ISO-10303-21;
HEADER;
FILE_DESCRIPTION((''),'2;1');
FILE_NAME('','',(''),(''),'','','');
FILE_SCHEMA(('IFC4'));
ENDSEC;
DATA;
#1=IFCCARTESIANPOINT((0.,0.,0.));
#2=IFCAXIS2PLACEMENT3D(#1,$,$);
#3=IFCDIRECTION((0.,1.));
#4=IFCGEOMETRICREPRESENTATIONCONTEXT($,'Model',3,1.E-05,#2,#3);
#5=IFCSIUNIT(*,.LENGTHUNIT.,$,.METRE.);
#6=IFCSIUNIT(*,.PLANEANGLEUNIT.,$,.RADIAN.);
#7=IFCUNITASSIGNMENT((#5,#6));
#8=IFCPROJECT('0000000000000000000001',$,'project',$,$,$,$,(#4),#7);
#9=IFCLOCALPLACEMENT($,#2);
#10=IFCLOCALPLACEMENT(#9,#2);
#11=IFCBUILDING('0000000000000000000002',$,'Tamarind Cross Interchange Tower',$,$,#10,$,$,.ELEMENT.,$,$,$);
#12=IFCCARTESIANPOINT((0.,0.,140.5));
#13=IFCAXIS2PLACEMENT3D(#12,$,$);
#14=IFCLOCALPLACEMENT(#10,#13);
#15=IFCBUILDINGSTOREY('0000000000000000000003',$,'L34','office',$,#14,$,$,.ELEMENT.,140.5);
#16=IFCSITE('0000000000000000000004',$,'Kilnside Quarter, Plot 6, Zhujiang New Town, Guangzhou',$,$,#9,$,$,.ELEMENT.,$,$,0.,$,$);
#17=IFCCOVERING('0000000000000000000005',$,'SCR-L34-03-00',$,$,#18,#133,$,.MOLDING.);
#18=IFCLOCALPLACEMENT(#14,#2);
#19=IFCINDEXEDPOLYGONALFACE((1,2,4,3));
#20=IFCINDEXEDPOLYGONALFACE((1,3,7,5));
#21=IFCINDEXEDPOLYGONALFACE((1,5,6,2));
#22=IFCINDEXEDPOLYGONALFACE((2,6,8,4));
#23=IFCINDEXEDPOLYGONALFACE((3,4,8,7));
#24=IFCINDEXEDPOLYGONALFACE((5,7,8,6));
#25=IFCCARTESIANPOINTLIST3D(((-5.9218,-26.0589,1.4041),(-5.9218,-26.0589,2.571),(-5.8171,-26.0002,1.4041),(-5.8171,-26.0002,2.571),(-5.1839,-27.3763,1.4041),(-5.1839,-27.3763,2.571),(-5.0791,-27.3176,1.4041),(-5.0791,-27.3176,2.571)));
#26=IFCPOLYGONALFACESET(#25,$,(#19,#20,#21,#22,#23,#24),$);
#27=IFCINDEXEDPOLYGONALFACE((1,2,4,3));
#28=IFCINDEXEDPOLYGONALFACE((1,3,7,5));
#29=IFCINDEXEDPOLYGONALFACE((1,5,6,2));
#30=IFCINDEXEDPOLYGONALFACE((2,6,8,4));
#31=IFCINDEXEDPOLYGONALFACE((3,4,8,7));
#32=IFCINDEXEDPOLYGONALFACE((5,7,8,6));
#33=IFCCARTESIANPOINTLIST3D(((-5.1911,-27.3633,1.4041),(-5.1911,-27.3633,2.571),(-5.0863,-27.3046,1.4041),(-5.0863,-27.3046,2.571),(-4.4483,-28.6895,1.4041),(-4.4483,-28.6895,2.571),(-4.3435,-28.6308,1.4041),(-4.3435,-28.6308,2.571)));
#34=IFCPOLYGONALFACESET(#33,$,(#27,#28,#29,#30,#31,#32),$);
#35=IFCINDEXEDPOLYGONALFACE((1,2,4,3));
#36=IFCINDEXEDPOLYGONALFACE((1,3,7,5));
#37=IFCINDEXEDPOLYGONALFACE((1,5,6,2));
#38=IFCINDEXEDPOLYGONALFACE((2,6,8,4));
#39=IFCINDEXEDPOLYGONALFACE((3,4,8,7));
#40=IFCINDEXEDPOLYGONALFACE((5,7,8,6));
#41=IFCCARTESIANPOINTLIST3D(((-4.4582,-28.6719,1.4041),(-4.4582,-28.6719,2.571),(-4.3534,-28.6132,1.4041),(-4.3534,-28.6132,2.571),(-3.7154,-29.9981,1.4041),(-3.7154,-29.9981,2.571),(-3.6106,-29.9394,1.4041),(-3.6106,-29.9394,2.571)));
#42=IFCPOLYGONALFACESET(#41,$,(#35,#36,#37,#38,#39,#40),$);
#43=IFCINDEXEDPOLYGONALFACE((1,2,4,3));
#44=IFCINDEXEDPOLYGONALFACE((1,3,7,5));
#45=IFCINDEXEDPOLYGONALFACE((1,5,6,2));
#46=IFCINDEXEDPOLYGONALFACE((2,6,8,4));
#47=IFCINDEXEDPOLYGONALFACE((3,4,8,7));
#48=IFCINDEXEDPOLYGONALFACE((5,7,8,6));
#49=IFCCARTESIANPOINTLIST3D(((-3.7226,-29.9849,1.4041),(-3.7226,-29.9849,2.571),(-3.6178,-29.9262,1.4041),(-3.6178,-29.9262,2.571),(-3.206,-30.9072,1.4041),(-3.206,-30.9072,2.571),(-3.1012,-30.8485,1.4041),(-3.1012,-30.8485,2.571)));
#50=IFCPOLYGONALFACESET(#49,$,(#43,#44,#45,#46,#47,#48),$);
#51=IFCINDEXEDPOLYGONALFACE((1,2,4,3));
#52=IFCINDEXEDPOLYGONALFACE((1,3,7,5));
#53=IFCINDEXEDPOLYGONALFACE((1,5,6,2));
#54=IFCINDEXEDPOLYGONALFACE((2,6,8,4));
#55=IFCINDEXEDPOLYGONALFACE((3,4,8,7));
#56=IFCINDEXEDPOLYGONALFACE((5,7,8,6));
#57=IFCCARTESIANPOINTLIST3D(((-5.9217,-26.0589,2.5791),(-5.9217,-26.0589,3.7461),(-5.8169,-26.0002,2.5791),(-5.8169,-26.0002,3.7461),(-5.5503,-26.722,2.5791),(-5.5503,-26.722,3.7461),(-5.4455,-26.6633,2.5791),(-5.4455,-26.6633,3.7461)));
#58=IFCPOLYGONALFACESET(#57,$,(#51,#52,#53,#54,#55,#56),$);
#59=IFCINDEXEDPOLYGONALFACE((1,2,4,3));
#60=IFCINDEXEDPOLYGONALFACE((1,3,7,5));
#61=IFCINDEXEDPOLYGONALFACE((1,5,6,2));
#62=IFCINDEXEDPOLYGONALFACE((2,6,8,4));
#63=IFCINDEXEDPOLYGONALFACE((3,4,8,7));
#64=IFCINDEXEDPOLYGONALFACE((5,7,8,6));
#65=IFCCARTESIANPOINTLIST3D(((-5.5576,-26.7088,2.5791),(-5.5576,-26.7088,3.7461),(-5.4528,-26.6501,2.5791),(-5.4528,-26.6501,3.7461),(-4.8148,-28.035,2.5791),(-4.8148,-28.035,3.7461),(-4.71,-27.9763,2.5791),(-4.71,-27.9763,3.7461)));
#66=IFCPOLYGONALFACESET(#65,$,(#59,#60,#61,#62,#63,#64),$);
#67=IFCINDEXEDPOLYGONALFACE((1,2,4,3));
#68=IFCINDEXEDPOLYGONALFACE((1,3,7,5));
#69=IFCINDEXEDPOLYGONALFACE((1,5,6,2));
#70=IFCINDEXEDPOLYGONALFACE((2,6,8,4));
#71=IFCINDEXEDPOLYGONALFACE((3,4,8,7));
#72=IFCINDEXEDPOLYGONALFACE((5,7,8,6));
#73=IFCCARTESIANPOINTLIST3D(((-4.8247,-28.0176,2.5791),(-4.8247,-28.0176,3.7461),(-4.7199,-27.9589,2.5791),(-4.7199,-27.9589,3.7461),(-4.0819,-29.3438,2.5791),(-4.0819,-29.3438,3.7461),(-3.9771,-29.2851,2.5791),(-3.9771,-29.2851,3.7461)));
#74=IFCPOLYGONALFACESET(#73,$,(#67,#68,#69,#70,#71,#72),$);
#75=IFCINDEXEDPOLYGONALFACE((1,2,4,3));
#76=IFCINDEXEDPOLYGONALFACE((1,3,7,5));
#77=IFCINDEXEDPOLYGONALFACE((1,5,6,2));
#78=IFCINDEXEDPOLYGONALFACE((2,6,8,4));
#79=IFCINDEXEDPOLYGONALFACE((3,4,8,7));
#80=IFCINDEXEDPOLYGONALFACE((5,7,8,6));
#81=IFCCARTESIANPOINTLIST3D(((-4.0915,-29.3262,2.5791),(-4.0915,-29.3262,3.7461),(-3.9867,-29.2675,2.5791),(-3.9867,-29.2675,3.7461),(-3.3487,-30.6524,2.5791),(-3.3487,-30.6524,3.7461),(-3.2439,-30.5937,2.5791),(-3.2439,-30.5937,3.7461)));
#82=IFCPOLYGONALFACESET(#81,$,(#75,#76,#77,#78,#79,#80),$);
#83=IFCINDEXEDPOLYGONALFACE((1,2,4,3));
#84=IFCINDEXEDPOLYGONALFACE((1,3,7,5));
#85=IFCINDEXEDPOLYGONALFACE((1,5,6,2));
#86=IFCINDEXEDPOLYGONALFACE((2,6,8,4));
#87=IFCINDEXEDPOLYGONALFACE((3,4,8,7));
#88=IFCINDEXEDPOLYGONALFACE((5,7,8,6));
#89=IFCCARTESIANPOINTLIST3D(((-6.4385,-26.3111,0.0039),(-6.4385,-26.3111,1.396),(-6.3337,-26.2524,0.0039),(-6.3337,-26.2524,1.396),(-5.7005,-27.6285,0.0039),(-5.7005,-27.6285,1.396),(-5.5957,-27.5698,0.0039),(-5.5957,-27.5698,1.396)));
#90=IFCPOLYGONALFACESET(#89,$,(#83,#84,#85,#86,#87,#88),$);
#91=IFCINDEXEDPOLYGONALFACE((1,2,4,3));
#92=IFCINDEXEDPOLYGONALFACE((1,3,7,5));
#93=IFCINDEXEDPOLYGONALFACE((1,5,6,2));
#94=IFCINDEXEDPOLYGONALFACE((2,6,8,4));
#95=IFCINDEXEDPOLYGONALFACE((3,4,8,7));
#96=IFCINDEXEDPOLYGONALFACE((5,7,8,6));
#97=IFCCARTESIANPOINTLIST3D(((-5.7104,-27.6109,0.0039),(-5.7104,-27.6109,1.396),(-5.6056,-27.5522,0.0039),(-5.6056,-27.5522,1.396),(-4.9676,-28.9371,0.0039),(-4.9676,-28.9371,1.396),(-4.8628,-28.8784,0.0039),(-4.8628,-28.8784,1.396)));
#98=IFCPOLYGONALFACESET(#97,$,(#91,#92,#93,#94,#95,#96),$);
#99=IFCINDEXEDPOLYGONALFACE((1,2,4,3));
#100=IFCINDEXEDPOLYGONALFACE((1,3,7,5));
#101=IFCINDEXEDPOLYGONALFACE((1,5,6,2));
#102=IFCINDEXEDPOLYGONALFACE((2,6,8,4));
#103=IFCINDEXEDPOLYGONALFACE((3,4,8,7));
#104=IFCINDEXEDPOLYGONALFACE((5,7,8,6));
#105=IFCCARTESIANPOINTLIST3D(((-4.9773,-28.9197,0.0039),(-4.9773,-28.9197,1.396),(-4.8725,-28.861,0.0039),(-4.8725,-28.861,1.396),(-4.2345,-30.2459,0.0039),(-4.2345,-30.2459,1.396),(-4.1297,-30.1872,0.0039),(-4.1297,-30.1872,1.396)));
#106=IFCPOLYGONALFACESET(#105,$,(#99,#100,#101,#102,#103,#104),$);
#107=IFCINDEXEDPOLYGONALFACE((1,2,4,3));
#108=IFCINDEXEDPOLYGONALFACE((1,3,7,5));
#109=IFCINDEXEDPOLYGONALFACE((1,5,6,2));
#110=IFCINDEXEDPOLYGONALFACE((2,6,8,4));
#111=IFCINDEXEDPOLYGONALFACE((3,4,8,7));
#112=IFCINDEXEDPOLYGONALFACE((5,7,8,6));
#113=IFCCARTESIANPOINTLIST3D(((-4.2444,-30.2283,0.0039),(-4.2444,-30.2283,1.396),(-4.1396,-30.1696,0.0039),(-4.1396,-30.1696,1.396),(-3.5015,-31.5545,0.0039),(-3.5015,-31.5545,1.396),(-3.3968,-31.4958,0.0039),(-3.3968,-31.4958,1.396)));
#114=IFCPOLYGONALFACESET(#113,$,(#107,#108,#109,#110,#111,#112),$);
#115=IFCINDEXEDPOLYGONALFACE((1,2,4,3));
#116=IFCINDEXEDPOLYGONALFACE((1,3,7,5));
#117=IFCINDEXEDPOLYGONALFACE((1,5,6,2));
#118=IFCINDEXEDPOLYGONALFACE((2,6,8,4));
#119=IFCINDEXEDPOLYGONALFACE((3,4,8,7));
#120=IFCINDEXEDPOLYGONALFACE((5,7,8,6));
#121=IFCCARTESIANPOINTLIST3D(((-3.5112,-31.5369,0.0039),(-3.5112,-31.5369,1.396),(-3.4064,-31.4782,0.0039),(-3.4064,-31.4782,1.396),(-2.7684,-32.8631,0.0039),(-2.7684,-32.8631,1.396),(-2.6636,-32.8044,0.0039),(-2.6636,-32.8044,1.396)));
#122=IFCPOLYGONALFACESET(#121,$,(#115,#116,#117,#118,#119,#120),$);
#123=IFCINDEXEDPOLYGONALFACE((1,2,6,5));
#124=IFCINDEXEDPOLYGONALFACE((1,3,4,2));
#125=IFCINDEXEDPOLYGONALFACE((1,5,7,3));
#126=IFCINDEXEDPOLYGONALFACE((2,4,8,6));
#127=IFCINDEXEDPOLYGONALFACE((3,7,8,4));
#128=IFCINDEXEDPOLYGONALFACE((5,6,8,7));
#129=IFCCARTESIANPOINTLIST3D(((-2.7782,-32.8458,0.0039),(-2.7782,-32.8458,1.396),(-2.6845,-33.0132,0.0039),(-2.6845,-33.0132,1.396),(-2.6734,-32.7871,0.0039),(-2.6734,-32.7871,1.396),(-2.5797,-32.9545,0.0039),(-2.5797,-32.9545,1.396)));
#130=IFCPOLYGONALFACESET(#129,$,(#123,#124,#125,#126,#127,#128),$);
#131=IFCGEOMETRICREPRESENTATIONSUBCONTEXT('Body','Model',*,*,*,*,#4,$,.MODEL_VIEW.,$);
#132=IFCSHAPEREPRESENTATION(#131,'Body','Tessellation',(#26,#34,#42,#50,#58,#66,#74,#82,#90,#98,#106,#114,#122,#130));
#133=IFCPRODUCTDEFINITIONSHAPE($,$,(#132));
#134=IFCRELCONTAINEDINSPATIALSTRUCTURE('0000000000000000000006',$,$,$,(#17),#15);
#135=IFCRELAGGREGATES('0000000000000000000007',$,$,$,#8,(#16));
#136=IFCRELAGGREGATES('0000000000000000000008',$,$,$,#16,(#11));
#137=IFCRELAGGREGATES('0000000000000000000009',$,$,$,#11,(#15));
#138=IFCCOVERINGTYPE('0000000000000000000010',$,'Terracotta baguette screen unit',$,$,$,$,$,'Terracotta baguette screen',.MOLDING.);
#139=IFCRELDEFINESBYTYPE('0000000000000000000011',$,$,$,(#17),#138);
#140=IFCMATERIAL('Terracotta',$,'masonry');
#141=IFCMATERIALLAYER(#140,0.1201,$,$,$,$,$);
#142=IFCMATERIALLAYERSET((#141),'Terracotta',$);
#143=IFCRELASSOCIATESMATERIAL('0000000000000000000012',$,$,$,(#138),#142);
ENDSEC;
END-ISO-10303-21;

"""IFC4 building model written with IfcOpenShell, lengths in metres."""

from ifc_helpers import new_model, si_unit, direction, frame, origin, origin_2d, place, context, subcontext, project, spatial, rectangle, extrude, material, layer, layer_set, type_object, element, save


model = new_model("IFC4")

# Units and contexts
model_context = context("Model", 3, precision=1e-05, world=origin(), true_north=direction((0.0, 1.0)))
body_context = subcontext(model_context, "Body", "Model", "MODEL_VIEW")
ifc_project = project(units=[si_unit("LENGTHUNIT", "METRE"), si_unit("PLANEANGLEUNIT", "RADIAN")], contexts=[model_context])

# Site, building, storey
site_placement = place(None, origin())
site = spatial("IfcSite", under=ifc_project, at=site_placement, Name="Kilnside Quarter, Plot 6, Zhujiang New Town, Guangzhou", CompositionType="ELEMENT", RefElevation=0.0)
building_placement = place(site_placement, origin())
building = spatial("IfcBuilding", under=site, at=building_placement, Name="Tamarind Cross Interchange Tower", CompositionType="ELEMENT")
storey_placement = place(building_placement, frame((0.0, 0.0, 140.5)))
storey = spatial("IfcBuildingStorey", under=building, at=storey_placement, Name="L34", Description="office", CompositionType="ELEMENT", Elevation=140.5)

# Covering
ifc_material_1 = material(Name="Terracotta", Category="masonry")
ifc_layer_1 = layer(ifc_material_1, 0.1201)
ifc_layer_set_1 = layer_set([ifc_layer_1], Name="Terracotta")
covering_type = type_object("IfcCoveringType", Name="Terracotta baguette screen unit", ElementType="Terracotta baguette screen", PredefinedType="MOLDING", material=ifc_layer_set_1)
covering_1_placement = place(storey_placement, origin())
element("IfcCovering", 1, at=covering_1_placement, inside=storey, type_object=covering_type, Name="SCR-L34-03-00", PredefinedType="MOLDING", context=body_context, shape_type="SweptSolid", body=[
    extrude(rectangle(XDim=1.51, YDim=0.1201, at=origin_2d()), frame((-5.5005, -26.6882, 1.4041), z_axis=(0.0, 0.0, 1.0), x_axis=(0.488688, -0.872458, 0.0)), (0.0, 0.0, 1.0), 1.167),
    extrude(rectangle(XDim=1.52, YDim=0.1201, at=origin_2d()), frame((-4.7673, -27.9971, 1.4041), z_axis=(0.0, 0.0, 1.0), x_axis=(0.488688, -0.872458, 0.0)), (0.0, 0.0, 1.0), 1.167),
    extrude(rectangle(XDim=1.52, YDim=0.1201, at=origin_2d()), frame((-4.0344, -29.3057, 1.4041), z_axis=(0.0, 0.0, 1.0), x_axis=(0.488688, -0.872458, 0.0)), (0.0, 0.0, 1.0), 1.167),
    extrude(rectangle(XDim=1.0571, YDim=0.1201, at=origin_2d()), frame((-3.4119, -30.4167, 1.4041), z_axis=(0.0, 0.0, 1.0), x_axis=(0.488688, -0.872458, 0.0)), (0.0, 0.0, 1.0), 1.167),
    extrude(rectangle(XDim=0.76, YDim=0.1201, at=origin_2d()), frame((-5.6836, -26.3611, 2.5791), z_axis=(0.0, 0.0, 1.0), x_axis=(0.488688, -0.872458, 0.0)), (0.0, 0.0, 1.0), 1.167),
    extrude(rectangle(XDim=1.52, YDim=0.1201, at=origin_2d()), frame((-5.1338, -27.3425, 2.5791), z_axis=(0.0, 0.0, 1.0), x_axis=(0.488688, -0.872458, 0.0)), (0.0, 0.0, 1.0), 1.167),
    extrude(rectangle(XDim=1.52, YDim=0.1201, at=origin_2d()), frame((-4.4009, -28.6514, 2.5791), z_axis=(0.0, 0.0, 1.0), x_axis=(0.488688, -0.872458, 0.0)), (0.0, 0.0, 1.0), 1.167),
    extrude(rectangle(XDim=1.52, YDim=0.1201, at=origin_2d()), frame((-3.6677, -29.96, 2.5791), z_axis=(0.0, 0.0, 1.0), x_axis=(0.488688, -0.872458, 0.0)), (0.0, 0.0, 1.0), 1.167),
    extrude(rectangle(XDim=1.51, YDim=0.1201, at=origin_2d()), frame((-6.0171, -26.9404, 0.0039), z_axis=(0.0, 0.0, 1.0), x_axis=(0.488688, -0.872458, 0.0)), (0.0, 0.0, 1.0), 1.3921),
    extrude(rectangle(XDim=1.52, YDim=0.1201, at=origin_2d()), frame((-5.2866, -28.2446, 0.0039), z_axis=(0.0, 0.0, 1.0), x_axis=(0.488688, -0.872458, 0.0)), (0.0, 0.0, 1.0), 1.3921),
    extrude(rectangle(XDim=1.52, YDim=0.1201, at=origin_2d()), frame((-4.5535, -29.5535, 0.0039), z_axis=(0.0, 0.0, 1.0), x_axis=(0.488688, -0.872458, 0.0)), (0.0, 0.0, 1.0), 1.3921),
    extrude(rectangle(XDim=1.52, YDim=0.1201, at=origin_2d()), frame((-3.8206, -30.8621, 0.0039), z_axis=(0.0, 0.0, 1.0), x_axis=(0.488688, -0.872458, 0.0)), (0.0, 0.0, 1.0), 1.3921),
    extrude(rectangle(XDim=1.52, YDim=0.1201, at=origin_2d()), frame((-3.0874, -32.1707, 0.0039), z_axis=(0.0, 0.0, 1.0), x_axis=(0.488688, -0.872458, 0.0)), (0.0, 0.0, 1.0), 1.3921),
    extrude(rectangle(XDim=0.1919, YDim=0.1201, at=origin_2d()), frame((-2.679, -32.9001, 0.0039), z_axis=(0.0, 0.0, 1.0), x_axis=(0.488688, -0.872458, 0.0)), (0.0, 0.0, 1.0), 1.3921),
])

save(model, "model.ifc")
